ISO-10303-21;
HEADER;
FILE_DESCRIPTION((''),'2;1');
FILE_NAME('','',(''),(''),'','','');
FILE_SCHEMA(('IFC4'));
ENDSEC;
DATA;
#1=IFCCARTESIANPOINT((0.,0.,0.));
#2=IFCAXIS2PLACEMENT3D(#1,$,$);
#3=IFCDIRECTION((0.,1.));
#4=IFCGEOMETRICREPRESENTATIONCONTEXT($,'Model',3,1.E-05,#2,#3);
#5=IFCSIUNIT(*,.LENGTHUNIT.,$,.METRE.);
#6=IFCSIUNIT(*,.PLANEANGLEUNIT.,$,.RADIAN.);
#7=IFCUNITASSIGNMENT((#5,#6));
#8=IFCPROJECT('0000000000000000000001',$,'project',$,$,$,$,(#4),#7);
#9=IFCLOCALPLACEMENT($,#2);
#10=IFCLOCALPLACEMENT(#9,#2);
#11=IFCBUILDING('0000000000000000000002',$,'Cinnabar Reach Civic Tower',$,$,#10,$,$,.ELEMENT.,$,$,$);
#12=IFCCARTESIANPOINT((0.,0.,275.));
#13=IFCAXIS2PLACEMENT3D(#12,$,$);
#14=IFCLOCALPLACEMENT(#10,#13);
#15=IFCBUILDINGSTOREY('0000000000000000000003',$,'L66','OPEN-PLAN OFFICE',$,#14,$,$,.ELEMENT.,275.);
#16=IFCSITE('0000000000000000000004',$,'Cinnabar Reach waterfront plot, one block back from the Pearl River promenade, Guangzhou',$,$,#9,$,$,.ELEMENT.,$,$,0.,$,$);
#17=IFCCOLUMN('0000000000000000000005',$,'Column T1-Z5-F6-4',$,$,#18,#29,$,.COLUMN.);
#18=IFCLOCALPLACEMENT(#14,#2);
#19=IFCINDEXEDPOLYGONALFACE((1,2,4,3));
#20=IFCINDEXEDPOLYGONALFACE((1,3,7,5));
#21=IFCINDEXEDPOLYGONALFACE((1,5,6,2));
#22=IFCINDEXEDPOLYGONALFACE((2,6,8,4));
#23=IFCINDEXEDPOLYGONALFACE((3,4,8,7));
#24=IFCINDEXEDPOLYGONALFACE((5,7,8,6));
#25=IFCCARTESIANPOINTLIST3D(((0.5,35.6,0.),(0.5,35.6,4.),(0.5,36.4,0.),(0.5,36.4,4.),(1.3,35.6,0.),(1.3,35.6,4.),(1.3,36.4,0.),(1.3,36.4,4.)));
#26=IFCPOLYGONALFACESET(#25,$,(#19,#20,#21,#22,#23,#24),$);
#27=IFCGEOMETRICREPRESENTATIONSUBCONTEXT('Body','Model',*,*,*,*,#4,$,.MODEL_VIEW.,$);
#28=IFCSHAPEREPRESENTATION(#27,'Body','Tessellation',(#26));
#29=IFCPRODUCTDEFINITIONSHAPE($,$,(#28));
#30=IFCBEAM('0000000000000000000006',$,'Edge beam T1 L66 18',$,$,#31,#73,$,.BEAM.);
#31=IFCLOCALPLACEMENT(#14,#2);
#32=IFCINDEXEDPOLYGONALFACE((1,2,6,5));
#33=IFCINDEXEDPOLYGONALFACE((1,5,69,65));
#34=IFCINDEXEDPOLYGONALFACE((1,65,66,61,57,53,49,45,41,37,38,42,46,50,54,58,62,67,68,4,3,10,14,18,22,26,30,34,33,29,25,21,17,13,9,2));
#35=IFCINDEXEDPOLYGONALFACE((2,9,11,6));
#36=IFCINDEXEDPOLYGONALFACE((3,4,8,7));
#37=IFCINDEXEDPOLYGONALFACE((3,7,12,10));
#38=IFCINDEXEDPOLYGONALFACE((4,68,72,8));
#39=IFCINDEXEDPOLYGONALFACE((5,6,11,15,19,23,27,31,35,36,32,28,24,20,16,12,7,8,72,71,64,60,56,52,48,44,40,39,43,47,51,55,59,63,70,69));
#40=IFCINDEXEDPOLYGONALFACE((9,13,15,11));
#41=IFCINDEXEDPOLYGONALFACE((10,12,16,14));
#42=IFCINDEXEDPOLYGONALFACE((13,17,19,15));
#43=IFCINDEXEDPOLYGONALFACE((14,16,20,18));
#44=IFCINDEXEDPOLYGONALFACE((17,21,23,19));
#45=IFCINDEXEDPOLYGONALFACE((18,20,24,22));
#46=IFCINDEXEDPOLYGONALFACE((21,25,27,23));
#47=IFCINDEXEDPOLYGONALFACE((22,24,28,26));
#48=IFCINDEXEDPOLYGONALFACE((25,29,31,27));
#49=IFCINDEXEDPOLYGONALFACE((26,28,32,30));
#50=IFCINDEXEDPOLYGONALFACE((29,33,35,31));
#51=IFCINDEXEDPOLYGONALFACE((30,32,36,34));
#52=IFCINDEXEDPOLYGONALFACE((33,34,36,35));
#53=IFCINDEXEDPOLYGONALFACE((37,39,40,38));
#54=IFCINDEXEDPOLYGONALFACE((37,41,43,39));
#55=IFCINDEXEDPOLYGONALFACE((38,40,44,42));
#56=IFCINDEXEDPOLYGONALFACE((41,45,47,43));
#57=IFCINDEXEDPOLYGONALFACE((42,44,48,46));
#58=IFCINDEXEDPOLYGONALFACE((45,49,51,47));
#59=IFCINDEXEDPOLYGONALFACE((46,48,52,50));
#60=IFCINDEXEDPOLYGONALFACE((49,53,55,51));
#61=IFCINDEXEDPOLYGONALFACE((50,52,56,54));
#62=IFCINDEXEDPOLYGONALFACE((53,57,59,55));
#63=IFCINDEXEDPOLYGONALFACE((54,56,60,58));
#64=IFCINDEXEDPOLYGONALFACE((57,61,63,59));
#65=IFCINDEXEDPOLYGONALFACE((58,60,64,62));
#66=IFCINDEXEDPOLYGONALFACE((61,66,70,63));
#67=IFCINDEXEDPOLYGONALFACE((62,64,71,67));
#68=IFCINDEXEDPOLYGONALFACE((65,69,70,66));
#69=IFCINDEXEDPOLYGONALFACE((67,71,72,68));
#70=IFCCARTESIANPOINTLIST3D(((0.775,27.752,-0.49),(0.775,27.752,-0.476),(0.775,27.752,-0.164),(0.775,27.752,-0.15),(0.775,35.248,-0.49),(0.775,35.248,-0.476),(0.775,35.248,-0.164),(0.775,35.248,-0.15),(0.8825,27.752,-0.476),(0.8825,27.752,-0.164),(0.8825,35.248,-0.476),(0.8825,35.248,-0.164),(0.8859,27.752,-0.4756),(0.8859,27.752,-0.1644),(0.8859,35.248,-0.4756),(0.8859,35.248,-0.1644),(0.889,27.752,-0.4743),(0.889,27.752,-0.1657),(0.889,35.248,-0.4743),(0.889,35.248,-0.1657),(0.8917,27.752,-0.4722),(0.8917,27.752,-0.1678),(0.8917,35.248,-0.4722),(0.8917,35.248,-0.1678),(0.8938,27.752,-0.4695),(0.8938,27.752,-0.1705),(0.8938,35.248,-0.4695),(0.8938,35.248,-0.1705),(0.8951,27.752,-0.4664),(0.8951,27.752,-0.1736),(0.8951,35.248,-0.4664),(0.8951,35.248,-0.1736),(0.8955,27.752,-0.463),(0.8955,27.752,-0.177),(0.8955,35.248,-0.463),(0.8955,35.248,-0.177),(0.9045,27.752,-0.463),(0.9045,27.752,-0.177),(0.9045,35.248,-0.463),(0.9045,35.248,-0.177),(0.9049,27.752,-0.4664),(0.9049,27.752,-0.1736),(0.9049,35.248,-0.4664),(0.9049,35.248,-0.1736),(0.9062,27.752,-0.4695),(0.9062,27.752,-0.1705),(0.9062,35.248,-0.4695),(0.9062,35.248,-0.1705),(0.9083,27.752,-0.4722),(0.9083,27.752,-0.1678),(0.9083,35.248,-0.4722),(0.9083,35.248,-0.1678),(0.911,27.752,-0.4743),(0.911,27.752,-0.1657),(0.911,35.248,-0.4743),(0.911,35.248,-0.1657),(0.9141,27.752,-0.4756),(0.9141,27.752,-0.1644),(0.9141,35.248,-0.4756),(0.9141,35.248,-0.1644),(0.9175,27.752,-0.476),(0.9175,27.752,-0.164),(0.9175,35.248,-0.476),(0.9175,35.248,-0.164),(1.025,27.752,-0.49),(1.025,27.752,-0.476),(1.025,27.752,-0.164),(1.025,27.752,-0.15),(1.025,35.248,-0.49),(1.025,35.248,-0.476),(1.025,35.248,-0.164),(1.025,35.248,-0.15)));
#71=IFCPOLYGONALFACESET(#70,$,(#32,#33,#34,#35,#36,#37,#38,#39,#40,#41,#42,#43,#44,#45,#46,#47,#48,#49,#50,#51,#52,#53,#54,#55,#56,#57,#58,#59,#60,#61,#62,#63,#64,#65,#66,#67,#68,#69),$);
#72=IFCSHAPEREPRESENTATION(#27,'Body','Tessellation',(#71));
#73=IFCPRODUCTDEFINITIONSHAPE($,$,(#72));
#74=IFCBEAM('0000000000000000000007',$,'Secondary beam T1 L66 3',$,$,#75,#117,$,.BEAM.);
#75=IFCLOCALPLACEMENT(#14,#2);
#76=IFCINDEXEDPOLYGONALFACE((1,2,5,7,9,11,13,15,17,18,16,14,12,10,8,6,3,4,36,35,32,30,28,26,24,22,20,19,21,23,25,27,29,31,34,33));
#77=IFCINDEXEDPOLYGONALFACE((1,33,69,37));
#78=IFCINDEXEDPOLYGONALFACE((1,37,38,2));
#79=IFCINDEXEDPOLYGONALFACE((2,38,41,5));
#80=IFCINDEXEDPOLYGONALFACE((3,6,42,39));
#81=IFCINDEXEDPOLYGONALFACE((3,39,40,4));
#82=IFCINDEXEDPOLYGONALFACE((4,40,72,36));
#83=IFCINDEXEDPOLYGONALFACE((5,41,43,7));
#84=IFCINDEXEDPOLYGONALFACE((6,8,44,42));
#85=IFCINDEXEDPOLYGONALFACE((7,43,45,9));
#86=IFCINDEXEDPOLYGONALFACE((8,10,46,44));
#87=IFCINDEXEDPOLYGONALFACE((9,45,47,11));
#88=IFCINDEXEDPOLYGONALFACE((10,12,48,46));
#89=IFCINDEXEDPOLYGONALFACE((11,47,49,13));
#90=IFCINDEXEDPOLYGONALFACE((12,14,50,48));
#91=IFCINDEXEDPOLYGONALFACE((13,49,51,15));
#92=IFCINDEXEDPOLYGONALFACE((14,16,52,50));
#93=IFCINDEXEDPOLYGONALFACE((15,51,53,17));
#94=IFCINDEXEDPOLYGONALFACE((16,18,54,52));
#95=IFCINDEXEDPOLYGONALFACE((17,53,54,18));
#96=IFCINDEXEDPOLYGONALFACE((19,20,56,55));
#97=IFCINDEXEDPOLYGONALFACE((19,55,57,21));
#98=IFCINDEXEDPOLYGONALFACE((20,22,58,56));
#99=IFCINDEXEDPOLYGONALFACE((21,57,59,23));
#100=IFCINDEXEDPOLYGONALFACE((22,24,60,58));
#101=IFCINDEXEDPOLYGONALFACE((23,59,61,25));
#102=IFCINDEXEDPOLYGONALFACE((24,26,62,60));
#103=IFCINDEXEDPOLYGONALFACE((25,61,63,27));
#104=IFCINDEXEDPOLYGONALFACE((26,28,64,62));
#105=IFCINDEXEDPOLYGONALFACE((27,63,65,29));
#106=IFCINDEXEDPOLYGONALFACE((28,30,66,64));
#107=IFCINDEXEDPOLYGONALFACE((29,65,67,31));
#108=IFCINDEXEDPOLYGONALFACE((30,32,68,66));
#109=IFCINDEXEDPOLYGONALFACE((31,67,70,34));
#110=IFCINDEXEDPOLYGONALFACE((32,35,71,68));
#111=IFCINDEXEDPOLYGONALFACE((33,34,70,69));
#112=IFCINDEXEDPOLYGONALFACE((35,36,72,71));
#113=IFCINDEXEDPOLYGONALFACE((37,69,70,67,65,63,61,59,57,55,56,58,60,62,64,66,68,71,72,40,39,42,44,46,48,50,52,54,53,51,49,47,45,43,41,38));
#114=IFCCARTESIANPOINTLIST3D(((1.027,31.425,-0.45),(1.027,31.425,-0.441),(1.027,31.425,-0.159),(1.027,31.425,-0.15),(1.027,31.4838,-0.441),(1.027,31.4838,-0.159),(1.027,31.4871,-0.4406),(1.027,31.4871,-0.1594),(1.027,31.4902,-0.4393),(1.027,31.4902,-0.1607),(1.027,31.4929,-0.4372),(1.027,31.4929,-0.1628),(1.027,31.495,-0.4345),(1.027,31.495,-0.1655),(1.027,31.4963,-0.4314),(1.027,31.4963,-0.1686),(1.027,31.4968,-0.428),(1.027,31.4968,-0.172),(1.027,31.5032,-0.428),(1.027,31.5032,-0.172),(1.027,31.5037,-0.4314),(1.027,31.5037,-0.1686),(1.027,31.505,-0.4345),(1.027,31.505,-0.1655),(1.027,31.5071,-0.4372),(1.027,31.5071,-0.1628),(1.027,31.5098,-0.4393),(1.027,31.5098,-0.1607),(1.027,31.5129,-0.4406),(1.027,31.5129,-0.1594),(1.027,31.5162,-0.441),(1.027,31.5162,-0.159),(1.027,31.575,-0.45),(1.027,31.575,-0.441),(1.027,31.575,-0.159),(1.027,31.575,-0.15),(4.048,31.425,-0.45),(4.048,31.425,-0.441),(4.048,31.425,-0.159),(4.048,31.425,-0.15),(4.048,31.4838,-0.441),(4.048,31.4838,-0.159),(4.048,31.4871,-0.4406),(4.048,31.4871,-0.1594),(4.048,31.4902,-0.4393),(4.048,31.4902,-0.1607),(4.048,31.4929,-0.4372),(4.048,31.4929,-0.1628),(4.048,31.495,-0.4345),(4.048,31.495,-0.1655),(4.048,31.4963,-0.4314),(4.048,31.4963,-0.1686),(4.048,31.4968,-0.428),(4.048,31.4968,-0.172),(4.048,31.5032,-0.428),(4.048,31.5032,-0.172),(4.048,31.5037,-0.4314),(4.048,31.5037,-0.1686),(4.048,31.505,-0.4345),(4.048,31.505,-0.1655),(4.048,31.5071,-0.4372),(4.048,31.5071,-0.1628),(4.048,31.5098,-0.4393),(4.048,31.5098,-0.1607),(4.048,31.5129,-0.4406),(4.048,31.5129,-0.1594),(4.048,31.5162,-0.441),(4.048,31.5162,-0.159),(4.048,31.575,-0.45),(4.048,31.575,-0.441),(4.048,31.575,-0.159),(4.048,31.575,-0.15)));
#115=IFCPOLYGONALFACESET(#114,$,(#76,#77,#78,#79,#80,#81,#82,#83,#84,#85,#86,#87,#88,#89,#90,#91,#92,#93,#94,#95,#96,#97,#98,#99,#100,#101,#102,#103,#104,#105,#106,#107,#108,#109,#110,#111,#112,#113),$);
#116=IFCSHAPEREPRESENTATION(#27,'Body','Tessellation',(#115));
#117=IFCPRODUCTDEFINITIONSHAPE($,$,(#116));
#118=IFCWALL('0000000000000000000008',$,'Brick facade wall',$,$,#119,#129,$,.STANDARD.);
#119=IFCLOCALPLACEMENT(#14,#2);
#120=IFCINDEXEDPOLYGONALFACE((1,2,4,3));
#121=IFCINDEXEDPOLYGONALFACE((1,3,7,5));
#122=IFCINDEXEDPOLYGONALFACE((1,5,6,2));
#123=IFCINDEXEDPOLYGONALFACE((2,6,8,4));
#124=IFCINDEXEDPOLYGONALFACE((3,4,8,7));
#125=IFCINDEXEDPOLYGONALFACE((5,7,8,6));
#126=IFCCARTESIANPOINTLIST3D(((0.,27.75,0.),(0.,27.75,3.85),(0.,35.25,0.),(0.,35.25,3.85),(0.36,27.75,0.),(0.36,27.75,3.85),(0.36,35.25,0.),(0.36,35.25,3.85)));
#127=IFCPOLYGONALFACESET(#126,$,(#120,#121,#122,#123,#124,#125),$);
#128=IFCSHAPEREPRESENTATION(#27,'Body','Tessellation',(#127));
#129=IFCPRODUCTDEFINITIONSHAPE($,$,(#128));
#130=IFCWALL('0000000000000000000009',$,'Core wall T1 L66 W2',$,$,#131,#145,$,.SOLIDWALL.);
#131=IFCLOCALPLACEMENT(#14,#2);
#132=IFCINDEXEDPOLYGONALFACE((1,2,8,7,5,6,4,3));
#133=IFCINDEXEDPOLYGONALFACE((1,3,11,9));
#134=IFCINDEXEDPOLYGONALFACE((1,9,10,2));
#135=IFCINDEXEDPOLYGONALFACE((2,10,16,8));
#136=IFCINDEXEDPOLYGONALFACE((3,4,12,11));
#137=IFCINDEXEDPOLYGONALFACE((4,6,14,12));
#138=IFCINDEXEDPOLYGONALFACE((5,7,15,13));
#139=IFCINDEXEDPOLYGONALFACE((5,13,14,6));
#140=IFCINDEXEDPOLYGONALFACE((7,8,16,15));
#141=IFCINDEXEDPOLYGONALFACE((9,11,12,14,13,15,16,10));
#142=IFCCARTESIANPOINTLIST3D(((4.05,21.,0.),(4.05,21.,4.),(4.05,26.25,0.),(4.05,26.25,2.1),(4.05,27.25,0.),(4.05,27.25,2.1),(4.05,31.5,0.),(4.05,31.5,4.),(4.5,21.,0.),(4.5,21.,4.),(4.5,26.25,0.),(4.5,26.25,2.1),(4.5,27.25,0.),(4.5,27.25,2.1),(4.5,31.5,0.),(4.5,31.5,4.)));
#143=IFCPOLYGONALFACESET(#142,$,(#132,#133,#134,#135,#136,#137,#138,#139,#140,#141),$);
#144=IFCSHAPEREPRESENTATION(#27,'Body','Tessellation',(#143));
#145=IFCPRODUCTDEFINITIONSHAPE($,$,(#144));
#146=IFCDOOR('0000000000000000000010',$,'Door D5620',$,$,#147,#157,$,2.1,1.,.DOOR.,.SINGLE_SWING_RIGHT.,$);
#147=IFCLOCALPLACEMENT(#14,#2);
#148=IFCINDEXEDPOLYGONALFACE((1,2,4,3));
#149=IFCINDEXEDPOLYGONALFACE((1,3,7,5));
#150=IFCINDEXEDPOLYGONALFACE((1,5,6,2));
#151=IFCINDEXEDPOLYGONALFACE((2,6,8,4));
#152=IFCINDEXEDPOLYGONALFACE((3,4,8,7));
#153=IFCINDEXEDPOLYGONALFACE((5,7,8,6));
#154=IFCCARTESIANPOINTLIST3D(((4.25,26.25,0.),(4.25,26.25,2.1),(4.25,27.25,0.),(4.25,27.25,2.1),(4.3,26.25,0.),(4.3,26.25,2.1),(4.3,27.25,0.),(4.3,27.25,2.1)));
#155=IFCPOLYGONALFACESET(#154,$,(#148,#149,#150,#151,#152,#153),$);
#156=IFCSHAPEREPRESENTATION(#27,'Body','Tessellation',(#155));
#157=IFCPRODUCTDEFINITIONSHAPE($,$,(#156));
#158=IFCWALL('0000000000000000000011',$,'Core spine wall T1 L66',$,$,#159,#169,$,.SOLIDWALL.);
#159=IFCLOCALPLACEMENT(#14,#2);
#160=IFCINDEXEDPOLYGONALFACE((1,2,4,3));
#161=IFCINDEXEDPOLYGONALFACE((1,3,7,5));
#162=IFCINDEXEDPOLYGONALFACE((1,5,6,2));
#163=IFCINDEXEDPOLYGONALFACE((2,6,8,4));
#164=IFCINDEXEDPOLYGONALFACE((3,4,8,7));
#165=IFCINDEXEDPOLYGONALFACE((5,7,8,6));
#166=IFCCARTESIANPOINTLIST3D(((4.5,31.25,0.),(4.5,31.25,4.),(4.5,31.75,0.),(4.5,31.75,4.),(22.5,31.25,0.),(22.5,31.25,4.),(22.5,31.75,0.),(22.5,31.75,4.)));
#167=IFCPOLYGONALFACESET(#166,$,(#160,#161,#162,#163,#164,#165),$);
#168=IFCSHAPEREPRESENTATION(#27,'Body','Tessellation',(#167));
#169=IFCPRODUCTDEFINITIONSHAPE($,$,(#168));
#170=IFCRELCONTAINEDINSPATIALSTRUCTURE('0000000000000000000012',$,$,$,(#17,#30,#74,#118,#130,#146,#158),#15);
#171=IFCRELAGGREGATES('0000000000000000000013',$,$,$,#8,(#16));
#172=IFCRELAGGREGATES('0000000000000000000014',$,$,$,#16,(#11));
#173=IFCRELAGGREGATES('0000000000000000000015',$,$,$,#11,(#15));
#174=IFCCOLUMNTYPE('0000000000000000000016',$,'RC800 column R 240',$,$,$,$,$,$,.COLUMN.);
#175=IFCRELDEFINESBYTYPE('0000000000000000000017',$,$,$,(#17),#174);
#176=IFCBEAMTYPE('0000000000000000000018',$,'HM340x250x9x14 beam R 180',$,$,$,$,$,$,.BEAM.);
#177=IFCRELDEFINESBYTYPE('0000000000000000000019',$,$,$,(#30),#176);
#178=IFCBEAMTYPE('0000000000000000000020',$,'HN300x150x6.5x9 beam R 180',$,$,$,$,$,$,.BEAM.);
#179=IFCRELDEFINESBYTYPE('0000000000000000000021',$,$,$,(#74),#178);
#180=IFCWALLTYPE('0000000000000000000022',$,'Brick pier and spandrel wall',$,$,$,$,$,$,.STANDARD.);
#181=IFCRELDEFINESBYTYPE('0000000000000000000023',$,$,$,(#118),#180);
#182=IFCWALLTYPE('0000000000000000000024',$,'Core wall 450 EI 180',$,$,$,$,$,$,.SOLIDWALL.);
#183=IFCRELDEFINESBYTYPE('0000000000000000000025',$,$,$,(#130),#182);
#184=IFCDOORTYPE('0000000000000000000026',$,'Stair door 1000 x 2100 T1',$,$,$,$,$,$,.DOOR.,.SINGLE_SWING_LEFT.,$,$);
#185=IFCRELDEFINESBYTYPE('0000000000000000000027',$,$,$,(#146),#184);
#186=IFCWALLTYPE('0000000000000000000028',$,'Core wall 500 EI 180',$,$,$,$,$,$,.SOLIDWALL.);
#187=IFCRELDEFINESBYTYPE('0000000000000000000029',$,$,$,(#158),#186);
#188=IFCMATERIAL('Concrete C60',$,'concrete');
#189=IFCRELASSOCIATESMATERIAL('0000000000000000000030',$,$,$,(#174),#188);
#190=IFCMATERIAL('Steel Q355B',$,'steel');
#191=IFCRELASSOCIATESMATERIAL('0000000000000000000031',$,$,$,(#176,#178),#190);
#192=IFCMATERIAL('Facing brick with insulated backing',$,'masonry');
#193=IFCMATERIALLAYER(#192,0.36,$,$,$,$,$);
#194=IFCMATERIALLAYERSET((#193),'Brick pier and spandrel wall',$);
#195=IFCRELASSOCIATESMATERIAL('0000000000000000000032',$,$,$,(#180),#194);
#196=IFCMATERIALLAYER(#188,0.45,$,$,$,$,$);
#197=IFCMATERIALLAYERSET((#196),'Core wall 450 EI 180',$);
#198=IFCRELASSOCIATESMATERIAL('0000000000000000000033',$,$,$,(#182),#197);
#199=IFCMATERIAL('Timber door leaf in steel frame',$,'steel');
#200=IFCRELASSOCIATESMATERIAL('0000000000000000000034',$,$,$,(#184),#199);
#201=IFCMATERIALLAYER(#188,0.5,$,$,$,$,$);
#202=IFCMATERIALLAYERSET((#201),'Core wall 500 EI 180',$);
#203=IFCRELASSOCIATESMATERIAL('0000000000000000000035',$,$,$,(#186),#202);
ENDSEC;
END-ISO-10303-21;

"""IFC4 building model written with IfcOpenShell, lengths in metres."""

from ifc_helpers import new_model, si_unit, direction, frame, frame_2d, origin, origin_2d, place, context, subcontext, project, spatial, rectangle, i_section, extrude, material, layer, layer_set, material_profile, profile_set, type_object, element, fill, save


model = new_model("IFC4")

# Units and contexts
model_context = context("Model", 3, precision=1e-05, world=origin(), true_north=direction((0.0, 1.0)))
body_context = subcontext(model_context, "Body", "Model", "MODEL_VIEW")
ifc_project = project(units=[si_unit("LENGTHUNIT", "METRE"), si_unit("PLANEANGLEUNIT", "RADIAN")], contexts=[model_context])

# Site, building, storey
site_placement = place(None, origin())
site = spatial("IfcSite", under=ifc_project, at=site_placement, Name="Cinnabar Reach waterfront plot, one block back from the Pearl River promenade, Guangzhou", CompositionType="ELEMENT", RefElevation=0.0)
building_placement = place(site_placement, origin())
building = spatial("IfcBuilding", under=site, at=building_placement, Name="Cinnabar Reach Civic Tower", CompositionType="ELEMENT")
storey_placement = place(building_placement, frame((0.0, 0.0, 275.0)))
storey = spatial("IfcBuildingStorey", under=building, at=storey_placement, Name="L66", Description="OPEN-PLAN OFFICE", CompositionType="ELEMENT", Elevation=275.0)

# Column
ifc_material_1 = material(Name="Concrete C60", Category="concrete")
ifc_material_profile_1 = material_profile(ifc_material_1, rectangle(XDim=0.8, YDim=0.8, at=origin_2d()), Name="RC800")
ifc_profile_set_1 = profile_set([ifc_material_profile_1], Name="Concrete C60")
column_type = type_object("IfcColumnType", Name="RC800 column R 240", PredefinedType="COLUMN", material=ifc_profile_set_1)
column_placement = place(storey_placement, frame((0.9, 36.0, 0.0), z_axis=(0.0, 0.0, 1.0), x_axis=(1.0, 0.0, 0.0)))
element("IfcColumn", 1, at=column_placement, inside=storey, type_object=column_type, Name="Column T1-Z5-F6-4", PredefinedType="COLUMN", context=body_context, shape_type="SweptSolid", body=[
    extrude(rectangle(XDim=0.8, YDim=0.8, at=origin_2d()), origin(), (0.0, 0.0, 1.0), 4.0),
])

# Beams
ifc_material_2 = material(Name="Steel Q355B", Category="steel")
ifc_material_profile_2 = material_profile(ifc_material_2, i_section(OverallWidth=0.25, OverallDepth=0.34, WebThickness=0.009, FlangeThickness=0.014, FilletRadius=0.013, at=origin_2d()), Name="HM340x250x9x14")
ifc_profile_set_2 = profile_set([ifc_material_profile_2], Name="Steel Q355B")
beam_type_1 = type_object("IfcBeamType", Name="HM340x250x9x14 beam R 180", PredefinedType="BEAM", material=ifc_profile_set_2)
beam_1_placement = place(storey_placement, frame((0.9, 35.248, -0.32), z_axis=(0.0, -1.0, 0.0), x_axis=(1.0, 0.0, 0.0)))
element("IfcBeam", 2, at=beam_1_placement, inside=storey, type_object=beam_type_1, Name="Edge beam T1 L66 18", PredefinedType="BEAM", context=body_context, shape_type="SweptSolid", body=[
    extrude(i_section(OverallWidth=0.25, OverallDepth=0.34, WebThickness=0.009, FlangeThickness=0.014, FilletRadius=0.013, at=origin_2d()), origin(), (0.0, 0.0, 1.0), 7.496),
])
ifc_material_profile_3 = material_profile(ifc_material_2, i_section(OverallWidth=0.15, OverallDepth=0.3, WebThickness=0.0065, FlangeThickness=0.009, FilletRadius=0.013, at=origin_2d()), Name="HN300x150x6.5x9")
ifc_profile_set_3 = profile_set([ifc_material_profile_3], Name="Steel Q355B")
beam_type_2 = type_object("IfcBeamType", Name="HN300x150x6.5x9 beam R 180", PredefinedType="BEAM", material=ifc_profile_set_3)
beam_2_placement = place(storey_placement, frame((1.027, 31.5, -0.3), z_axis=(1.0, 0.0, 0.0), x_axis=(0.0, 1.0, 0.0)))
element("IfcBeam", 3, at=beam_2_placement, inside=storey, type_object=beam_type_2, Name="Secondary beam T1 L66 3", PredefinedType="BEAM", context=body_context, shape_type="SweptSolid", body=[
    extrude(i_section(OverallWidth=0.15, OverallDepth=0.3, WebThickness=0.0065, FlangeThickness=0.009, FilletRadius=0.013, at=origin_2d()), origin(), (0.0, 0.0, 1.0), 3.021),
])

# Wall
ifc_material_3 = material(Name="Facing brick with insulated backing", Category="masonry")
ifc_layer_1 = layer(ifc_material_3, 0.36)
ifc_layer_set_1 = layer_set([ifc_layer_1], Name="Brick pier and spandrel wall")
wall_type_1 = type_object("IfcWallType", Name="Brick pier and spandrel wall", PredefinedType="STANDARD", material=ifc_layer_set_1)
wall_1_placement = place(storey_placement, frame((0.18, 35.25, 0.0), z_axis=(0.0, 0.0, 1.0), x_axis=(0.0, -1.0, 0.0)))
element("IfcWall", 4, at=wall_1_placement, inside=storey, type_object=wall_type_1, Name="Brick facade wall", PredefinedType="STANDARD", context=body_context, shape_type="SweptSolid", body=[
    extrude(rectangle(XDim=7.5, YDim=0.36, at=frame_2d((3.75, 0.0))), origin(), (0.0, 0.0, 1.0), 3.85),
])

# Wall, opening, door
ifc_layer_2 = layer(ifc_material_1, 0.45)
ifc_layer_set_2 = layer_set([ifc_layer_2], Name="Core wall 450 EI 180")
wall_type_2 = type_object("IfcWallType", Name="Core wall 450 EI 180", PredefinedType="SOLIDWALL", material=ifc_layer_set_2)
wall_2_placement = place(storey_placement, frame((4.275, 31.5, 0.0), z_axis=(0.0, 0.0, 1.0), x_axis=(0.0, -1.0, 0.0)))
wall_2 = element("IfcWall", 5, at=wall_2_placement, inside=storey, type_object=wall_type_2, Name="Core wall T1 L66 W2", PredefinedType="SOLIDWALL", context=body_context, shape_type="SweptSolid", body=[
    extrude(rectangle(XDim=10.5, YDim=0.45, at=frame_2d((5.25, 0.0))), origin(), (0.0, 0.0, 1.0), 4.0),
])
opening_1_placement = place(wall_2_placement, frame((4.25, 0.0, 0.0)))
opening_1 = element("IfcOpeningElement", 6, at=opening_1_placement, cuts=wall_2, PredefinedType="OPENING", context=body_context, shape_type="SweptSolid", body=[
    extrude(rectangle(XDim=1.0, YDim=2.1, at=frame_2d((0.5, 1.05))), frame((0.0, 0.235, 0.0), z_axis=(0.0, -1.0, 0.0), x_axis=(1.0, 0.0, 0.0)), (0.0, 0.0, 1.0), 0.47),
])
ifc_material_4 = material(Name="Timber door leaf in steel frame", Category="steel")
door_type_1 = type_object("IfcDoorType", Name="Stair door 1000 x 2100 T1", OperationType="SINGLE_SWING_LEFT", PredefinedType="DOOR", material=ifc_material_4)
door_1_placement = place(opening_1_placement, frame((1.0, 0.0, 0.0), z_axis=(0.0, 0.0, 1.0), x_axis=(-1.0, 0.0, 0.0)))
door_1 = element("IfcDoor", 7, at=door_1_placement, inside=storey, type_object=door_type_1, Name="Door D5620", OperationType="SINGLE_SWING_RIGHT", OverallHeight=2.1, OverallWidth=1.0, PredefinedType="DOOR", context=body_context, shape_type="SweptSolid", body=[
    extrude(rectangle(XDim=1.0, YDim=2.1, at=frame_2d((0.5, 1.05))), frame((0.0, 0.025, 0.0), z_axis=(0.0, -1.0, 0.0), x_axis=(1.0, 0.0, 0.0)), (0.0, 0.0, 1.0), 0.05),
])
fill(opening_1, door_1)

# Wall
ifc_layer_3 = layer(ifc_material_1, 0.5)
ifc_layer_set_3 = layer_set([ifc_layer_3], Name="Core wall 500 EI 180")
wall_type_3 = type_object("IfcWallType", Name="Core wall 500 EI 180", PredefinedType="SOLIDWALL", material=ifc_layer_set_3)
wall_3_placement = place(storey_placement, frame((4.5, 31.5, 0.0), z_axis=(0.0, 0.0, 1.0), x_axis=(1.0, 0.0, 0.0)))
element("IfcWall", 8, at=wall_3_placement, inside=storey, type_object=wall_type_3, Name="Core spine wall T1 L66", PredefinedType="SOLIDWALL", context=body_context, shape_type="SweptSolid", body=[
    extrude(rectangle(XDim=18.0, YDim=0.5, at=frame_2d((9.0, 0.0))), origin(), (0.0, 0.0, 1.0), 4.0),
])

save(model, "model.ifc")
